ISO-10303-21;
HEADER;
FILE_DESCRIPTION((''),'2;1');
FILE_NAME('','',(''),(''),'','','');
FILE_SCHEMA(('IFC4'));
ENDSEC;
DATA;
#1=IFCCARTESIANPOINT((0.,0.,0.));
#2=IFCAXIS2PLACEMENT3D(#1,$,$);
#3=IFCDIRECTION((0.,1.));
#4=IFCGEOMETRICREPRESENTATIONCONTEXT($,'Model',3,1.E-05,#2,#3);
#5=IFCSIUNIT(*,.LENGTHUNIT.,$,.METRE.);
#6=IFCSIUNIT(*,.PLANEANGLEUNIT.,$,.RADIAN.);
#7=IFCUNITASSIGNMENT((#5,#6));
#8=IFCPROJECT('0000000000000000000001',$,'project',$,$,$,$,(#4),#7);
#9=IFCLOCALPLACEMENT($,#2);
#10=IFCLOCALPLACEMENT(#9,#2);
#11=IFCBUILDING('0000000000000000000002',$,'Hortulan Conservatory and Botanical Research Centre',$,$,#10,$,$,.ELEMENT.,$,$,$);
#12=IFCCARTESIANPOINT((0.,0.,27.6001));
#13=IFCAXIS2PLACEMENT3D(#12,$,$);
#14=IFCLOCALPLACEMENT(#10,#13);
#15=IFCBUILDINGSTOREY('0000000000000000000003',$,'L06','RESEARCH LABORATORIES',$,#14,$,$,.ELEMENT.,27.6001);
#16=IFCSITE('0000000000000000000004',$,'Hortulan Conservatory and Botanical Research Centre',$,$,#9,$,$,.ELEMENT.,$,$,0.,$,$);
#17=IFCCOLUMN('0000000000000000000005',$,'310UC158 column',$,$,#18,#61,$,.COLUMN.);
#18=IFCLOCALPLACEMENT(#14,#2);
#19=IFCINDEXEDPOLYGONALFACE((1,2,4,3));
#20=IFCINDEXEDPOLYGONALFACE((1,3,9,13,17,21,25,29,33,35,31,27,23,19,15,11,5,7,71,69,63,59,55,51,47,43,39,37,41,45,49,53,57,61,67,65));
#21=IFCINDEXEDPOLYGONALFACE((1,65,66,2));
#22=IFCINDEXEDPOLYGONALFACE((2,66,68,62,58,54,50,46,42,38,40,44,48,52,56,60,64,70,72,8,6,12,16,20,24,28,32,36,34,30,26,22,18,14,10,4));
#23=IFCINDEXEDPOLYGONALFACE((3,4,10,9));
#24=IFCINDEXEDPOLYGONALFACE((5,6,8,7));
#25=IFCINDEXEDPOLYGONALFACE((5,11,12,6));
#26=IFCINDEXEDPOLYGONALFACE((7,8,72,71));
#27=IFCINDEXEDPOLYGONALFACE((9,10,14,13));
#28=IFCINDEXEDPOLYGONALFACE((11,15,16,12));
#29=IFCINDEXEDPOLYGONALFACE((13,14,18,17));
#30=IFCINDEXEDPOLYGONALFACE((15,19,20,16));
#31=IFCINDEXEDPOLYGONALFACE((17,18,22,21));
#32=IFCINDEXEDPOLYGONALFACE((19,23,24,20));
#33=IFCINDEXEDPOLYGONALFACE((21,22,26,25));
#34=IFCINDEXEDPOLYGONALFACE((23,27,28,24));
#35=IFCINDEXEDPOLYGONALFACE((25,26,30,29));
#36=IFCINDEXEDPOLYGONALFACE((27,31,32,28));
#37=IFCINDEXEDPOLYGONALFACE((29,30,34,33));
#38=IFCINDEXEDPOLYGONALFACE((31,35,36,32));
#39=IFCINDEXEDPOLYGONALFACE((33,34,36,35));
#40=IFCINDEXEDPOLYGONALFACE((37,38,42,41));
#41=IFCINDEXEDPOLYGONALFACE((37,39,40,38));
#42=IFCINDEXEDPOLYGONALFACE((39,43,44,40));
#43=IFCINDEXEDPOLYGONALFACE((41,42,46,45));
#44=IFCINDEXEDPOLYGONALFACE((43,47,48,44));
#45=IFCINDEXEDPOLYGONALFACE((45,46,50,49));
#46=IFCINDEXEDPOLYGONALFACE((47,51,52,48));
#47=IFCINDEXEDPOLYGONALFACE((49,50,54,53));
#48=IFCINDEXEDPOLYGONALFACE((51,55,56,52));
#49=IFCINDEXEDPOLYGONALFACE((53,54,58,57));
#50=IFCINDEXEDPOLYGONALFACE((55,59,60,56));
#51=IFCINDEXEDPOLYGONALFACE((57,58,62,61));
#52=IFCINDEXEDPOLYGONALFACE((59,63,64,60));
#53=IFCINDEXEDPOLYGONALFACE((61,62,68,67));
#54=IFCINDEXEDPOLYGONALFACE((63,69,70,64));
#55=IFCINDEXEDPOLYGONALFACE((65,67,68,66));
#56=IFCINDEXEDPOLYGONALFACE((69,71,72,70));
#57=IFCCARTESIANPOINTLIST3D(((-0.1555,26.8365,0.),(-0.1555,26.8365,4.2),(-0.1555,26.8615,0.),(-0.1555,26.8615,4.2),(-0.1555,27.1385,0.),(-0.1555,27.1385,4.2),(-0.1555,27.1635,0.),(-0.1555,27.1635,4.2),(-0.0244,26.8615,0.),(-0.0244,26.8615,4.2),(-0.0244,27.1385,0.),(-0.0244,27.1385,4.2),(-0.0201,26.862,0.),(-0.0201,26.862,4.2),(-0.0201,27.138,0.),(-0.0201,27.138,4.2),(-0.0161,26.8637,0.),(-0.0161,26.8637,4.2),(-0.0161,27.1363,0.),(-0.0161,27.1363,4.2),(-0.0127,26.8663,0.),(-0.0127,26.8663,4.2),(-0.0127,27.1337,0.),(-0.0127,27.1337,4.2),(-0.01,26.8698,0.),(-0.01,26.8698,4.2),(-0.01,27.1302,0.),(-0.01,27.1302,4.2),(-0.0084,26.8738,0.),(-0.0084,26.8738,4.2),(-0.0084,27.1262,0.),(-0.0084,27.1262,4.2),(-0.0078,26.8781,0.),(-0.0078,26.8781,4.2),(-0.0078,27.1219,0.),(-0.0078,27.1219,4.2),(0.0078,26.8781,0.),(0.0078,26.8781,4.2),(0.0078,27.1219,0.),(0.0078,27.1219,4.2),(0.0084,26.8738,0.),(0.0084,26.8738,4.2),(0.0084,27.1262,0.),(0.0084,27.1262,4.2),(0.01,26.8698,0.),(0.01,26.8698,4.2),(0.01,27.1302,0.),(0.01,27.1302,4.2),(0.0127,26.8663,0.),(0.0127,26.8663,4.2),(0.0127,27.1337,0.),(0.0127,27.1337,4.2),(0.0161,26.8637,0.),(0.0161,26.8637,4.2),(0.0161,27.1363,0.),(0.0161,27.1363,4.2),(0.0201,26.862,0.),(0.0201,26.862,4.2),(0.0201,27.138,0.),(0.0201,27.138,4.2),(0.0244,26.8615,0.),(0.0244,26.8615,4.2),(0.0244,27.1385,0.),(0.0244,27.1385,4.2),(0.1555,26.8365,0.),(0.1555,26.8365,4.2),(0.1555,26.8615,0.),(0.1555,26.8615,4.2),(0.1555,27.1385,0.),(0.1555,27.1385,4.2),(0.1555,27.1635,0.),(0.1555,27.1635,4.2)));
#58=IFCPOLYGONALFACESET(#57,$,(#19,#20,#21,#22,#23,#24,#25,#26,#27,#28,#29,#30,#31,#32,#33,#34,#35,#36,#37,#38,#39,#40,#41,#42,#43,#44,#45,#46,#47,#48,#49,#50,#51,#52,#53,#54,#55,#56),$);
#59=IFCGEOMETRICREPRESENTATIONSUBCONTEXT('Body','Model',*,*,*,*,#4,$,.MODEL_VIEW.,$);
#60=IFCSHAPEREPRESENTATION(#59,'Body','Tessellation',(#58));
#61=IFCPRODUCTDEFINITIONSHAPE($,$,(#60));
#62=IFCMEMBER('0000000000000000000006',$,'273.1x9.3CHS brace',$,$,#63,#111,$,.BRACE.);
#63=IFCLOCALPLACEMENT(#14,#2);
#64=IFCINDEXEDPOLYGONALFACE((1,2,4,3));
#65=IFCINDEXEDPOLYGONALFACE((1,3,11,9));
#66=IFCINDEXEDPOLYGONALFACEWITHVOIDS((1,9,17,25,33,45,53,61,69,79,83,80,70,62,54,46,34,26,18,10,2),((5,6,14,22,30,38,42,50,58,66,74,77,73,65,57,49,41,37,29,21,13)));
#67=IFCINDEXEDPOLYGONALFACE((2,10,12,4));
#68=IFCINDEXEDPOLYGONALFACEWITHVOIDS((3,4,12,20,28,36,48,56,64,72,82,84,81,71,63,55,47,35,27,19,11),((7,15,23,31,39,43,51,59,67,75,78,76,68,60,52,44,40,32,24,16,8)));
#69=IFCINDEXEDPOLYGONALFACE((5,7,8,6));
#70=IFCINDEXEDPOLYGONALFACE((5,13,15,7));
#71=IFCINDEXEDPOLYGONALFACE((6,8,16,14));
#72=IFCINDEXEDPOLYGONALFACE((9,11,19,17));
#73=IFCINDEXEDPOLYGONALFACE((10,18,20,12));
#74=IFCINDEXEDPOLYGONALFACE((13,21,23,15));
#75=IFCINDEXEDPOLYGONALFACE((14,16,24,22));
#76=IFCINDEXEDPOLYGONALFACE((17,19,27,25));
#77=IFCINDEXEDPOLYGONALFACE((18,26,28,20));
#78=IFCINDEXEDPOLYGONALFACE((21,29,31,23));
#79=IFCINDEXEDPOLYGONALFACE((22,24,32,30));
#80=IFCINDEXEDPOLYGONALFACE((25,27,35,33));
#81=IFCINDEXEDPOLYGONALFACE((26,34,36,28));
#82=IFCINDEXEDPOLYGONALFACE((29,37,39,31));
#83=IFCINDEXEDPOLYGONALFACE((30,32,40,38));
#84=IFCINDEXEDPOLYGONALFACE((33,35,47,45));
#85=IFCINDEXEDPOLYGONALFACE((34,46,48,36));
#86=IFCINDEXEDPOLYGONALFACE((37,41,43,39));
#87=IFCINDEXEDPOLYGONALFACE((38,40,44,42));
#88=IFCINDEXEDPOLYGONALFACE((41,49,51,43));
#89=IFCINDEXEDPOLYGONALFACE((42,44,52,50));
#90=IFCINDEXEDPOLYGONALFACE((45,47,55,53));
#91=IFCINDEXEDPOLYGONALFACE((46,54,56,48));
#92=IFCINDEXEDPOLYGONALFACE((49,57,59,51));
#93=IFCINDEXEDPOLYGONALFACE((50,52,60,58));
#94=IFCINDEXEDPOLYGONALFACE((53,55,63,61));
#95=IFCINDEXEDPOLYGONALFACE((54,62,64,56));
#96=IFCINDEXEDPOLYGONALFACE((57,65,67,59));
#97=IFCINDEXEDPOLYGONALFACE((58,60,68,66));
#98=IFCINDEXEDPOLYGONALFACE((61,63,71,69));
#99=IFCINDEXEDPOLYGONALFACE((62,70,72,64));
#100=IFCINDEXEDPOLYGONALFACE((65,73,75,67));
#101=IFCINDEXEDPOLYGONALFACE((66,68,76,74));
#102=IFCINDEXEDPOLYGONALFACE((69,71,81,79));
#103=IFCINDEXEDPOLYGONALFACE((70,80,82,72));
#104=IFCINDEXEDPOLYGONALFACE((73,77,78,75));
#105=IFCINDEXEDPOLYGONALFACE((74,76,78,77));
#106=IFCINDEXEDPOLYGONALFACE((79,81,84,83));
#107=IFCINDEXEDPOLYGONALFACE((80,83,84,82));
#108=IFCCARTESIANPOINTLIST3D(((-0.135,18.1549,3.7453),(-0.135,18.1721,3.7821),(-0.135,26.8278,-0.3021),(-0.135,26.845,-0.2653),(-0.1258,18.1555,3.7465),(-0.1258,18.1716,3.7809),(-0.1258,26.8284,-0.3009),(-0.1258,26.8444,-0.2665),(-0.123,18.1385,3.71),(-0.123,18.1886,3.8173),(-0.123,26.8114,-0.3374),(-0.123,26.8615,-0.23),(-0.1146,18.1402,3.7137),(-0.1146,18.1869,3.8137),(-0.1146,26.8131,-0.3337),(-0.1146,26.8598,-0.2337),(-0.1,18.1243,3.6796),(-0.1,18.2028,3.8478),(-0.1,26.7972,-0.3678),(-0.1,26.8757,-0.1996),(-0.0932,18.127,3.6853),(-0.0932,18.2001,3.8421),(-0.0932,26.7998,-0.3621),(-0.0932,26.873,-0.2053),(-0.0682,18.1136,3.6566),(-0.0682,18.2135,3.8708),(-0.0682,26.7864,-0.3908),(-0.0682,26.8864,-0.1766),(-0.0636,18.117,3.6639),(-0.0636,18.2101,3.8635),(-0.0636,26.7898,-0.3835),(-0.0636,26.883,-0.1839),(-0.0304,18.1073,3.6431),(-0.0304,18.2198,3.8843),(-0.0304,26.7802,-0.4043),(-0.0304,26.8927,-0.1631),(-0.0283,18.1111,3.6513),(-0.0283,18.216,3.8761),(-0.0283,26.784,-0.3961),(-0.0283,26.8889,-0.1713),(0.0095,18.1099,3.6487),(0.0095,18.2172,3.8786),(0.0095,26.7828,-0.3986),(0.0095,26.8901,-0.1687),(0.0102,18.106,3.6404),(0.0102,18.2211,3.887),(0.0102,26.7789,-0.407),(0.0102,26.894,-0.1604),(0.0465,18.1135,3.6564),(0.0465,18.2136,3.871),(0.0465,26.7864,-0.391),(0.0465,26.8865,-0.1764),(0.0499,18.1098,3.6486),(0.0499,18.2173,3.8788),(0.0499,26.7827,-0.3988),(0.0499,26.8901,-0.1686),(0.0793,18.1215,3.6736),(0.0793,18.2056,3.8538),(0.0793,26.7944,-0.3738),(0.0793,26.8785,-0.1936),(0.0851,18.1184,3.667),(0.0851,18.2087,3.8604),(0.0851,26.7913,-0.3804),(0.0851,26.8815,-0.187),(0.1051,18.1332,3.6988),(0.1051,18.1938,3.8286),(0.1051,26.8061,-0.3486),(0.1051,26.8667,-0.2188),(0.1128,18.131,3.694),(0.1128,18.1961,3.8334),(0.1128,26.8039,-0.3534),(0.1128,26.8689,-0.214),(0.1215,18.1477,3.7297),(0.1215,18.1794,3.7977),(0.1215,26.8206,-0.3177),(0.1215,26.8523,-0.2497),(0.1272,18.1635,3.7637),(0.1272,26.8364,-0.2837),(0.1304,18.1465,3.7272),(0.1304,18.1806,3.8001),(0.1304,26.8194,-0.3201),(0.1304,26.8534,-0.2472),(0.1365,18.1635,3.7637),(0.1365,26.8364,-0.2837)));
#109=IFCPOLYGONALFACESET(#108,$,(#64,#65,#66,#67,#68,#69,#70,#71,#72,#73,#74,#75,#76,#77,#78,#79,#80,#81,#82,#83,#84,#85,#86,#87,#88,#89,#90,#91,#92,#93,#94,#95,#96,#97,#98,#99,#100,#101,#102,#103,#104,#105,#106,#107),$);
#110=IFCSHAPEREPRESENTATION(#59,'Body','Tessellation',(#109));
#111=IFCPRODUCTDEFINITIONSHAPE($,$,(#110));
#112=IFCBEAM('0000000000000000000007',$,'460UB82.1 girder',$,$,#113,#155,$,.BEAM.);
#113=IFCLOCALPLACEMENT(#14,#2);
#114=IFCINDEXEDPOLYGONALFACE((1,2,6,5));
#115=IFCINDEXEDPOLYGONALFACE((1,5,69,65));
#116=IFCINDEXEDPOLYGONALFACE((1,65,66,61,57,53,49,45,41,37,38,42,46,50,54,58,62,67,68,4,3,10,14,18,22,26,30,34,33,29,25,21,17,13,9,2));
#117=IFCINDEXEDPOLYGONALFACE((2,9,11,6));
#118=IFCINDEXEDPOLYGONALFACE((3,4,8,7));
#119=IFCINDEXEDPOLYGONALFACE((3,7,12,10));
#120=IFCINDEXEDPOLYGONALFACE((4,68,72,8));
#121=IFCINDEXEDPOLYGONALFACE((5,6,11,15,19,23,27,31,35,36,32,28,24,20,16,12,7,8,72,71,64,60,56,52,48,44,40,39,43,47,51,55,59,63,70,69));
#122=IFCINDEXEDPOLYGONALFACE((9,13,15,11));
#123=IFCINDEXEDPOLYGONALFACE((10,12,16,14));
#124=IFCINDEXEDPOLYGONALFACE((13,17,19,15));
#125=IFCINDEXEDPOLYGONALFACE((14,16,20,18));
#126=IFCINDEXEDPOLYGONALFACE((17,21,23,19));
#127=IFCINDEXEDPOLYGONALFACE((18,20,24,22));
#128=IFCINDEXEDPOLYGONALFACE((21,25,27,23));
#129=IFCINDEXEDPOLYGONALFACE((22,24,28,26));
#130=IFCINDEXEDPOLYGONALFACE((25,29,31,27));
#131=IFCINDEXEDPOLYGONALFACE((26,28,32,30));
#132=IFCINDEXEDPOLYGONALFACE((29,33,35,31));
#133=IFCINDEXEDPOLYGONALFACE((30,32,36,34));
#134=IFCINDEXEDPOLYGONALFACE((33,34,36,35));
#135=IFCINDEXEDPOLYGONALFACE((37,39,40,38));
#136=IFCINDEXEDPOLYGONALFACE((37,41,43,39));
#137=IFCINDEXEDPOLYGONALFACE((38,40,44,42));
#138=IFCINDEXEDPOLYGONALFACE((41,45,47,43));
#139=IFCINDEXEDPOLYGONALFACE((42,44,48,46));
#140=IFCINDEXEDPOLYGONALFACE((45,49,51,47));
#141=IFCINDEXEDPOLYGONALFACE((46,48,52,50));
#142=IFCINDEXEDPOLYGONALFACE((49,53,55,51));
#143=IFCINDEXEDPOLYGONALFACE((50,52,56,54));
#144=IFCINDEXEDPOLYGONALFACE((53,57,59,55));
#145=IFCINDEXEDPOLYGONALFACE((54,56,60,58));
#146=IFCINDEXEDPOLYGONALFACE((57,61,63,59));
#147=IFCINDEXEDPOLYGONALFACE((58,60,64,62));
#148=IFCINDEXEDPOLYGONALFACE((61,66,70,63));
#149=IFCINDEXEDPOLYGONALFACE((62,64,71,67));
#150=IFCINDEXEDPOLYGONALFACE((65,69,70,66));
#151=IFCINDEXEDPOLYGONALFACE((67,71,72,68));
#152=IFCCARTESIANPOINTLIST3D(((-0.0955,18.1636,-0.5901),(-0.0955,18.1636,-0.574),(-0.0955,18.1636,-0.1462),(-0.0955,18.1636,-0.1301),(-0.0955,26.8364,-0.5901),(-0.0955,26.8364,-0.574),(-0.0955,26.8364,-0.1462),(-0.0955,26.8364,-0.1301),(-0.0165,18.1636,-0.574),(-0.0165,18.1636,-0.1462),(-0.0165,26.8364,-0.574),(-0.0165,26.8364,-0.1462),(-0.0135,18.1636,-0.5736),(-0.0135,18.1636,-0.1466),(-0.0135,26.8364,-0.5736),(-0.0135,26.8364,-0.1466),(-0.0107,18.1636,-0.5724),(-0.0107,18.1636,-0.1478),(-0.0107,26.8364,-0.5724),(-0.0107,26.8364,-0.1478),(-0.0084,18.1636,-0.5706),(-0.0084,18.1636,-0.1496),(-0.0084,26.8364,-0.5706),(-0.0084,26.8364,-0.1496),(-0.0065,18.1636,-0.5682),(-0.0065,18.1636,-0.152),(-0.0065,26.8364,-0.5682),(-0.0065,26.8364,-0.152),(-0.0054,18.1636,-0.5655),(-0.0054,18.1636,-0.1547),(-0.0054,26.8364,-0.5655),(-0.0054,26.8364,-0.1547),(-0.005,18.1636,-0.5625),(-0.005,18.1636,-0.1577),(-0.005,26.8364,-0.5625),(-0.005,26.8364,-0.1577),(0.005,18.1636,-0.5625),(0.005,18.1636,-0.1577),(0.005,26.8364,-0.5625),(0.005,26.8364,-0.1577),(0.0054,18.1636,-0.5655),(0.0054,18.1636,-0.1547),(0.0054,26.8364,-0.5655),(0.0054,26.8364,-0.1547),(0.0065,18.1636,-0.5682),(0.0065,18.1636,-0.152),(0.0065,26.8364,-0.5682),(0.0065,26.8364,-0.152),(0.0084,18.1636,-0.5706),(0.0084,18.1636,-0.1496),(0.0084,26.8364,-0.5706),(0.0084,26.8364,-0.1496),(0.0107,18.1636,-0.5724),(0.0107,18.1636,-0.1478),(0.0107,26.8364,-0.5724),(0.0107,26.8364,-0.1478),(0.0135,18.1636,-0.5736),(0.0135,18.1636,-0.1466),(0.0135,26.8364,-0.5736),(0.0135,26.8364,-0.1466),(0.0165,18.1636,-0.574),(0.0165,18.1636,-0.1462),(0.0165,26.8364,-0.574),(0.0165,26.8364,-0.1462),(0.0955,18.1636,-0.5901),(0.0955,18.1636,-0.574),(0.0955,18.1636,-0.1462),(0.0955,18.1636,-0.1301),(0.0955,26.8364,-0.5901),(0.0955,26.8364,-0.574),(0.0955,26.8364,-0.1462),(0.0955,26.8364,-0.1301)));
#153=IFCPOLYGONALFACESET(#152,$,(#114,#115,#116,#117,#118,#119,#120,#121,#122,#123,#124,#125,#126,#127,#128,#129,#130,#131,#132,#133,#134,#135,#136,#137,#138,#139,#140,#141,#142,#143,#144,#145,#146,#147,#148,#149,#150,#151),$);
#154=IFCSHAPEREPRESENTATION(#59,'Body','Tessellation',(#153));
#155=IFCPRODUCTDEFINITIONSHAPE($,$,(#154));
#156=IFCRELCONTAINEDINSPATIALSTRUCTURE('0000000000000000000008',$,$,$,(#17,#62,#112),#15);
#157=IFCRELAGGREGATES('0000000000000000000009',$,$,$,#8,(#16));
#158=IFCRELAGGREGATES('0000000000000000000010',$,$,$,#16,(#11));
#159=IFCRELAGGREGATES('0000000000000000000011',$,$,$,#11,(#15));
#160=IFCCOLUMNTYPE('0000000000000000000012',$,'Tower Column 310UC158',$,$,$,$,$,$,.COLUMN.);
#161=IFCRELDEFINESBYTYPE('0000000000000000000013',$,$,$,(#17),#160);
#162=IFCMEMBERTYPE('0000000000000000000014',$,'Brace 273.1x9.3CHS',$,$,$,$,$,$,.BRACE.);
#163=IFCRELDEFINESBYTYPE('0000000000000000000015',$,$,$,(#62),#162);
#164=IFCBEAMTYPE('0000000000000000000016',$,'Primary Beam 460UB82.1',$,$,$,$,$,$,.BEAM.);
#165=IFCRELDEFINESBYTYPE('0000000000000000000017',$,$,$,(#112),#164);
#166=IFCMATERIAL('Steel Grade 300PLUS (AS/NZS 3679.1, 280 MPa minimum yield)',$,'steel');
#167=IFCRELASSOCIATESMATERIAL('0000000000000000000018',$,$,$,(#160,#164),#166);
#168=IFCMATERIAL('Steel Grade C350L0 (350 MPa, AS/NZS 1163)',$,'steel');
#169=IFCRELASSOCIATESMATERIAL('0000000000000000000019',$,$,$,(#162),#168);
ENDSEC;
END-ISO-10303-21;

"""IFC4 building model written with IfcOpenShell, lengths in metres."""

from ifc_helpers import new_model, si_unit, direction, frame, origin, origin_2d, place, context, subcontext, project, spatial, hollow_circle, i_section, extrude, material, material_profile, profile_set, type_object, element, save


model = new_model("IFC4")

# Units and contexts
model_context = context("Model", 3, precision=1e-05, world=origin(), true_north=direction((0.0, 1.0)))
body_context = subcontext(model_context, "Body", "Model", "MODEL_VIEW")
ifc_project = project(units=[si_unit("LENGTHUNIT", "METRE"), si_unit("PLANEANGLEUNIT", "RADIAN")], contexts=[model_context])

# Site, building, storey
site_placement = place(None, origin())
site = spatial("IfcSite", under=ifc_project, at=site_placement, Name="Hortulan Conservatory and Botanical Research Centre", CompositionType="ELEMENT", RefElevation=0.0)
building_placement = place(site_placement, origin())
building = spatial("IfcBuilding", under=site, at=building_placement, Name="Hortulan Conservatory and Botanical Research Centre", CompositionType="ELEMENT")
storey_placement = place(building_placement, frame((0.0, 0.0, 27.6001)))
storey = spatial("IfcBuildingStorey", under=building, at=storey_placement, Name="L06", Description="RESEARCH LABORATORIES", CompositionType="ELEMENT", Elevation=27.6001)

# Column
ifc_material_1 = material(Name="Steel Grade 300PLUS (AS/NZS 3679.1, 280 MPa minimum yield)", Category="steel")
ifc_material_profile_1 = material_profile(ifc_material_1, i_section(OverallWidth=0.311, OverallDepth=0.3269, WebThickness=0.0156, FlangeThickness=0.0249, FilletRadius=0.0166, at=origin_2d()), Name="310UC158")
ifc_profile_set_1 = profile_set([ifc_material_profile_1], Name="Steel Grade 300PLUS (AS/NZS 3679.1, 280 MPa minimum yield)")
column_type = type_object("IfcColumnType", Name="Tower Column 310UC158", PredefinedType="COLUMN", material=ifc_profile_set_1)
column_placement = place(storey_placement, frame((0.0, 27.0, 0.0), z_axis=(0.0, 0.0, 1.0), x_axis=(1.0, 0.0, 0.0)))
element("IfcColumn", 1, at=column_placement, inside=storey, type_object=column_type, Name="310UC158 column", PredefinedType="COLUMN", context=body_context, shape_type="SweptSolid", body=[
    extrude(i_section(OverallWidth=0.311, OverallDepth=0.3269, WebThickness=0.0156, FlangeThickness=0.0249, FilletRadius=0.0166, at=origin_2d()), origin(), (0.0, 0.0, 1.0), 4.2),
])

# Member
ifc_material_2 = material(Name="Steel Grade C350L0 (350 MPa, AS/NZS 1163)", Category="steel")
ifc_material_profile_2 = material_profile(ifc_material_2, hollow_circle(Radius=0.1365, WallThickness=0.0093, at=origin_2d()), Name="273.1x9.3CHS")
ifc_profile_set_2 = profile_set([ifc_material_profile_2], Name="Steel Grade C350L0 (350 MPa, AS/NZS 1163)")
member_type = type_object("IfcMemberType", Name="Brace 273.1x9.3CHS", PredefinedType="BRACE", material=ifc_profile_set_2)
member_placement = place(storey_placement, frame((0.0, 26.8364, -0.2837), z_axis=(0.0, -0.906182, 0.422888), x_axis=(1.0, 0.0, 0.0)))
element("IfcMember", 2, at=member_placement, inside=storey, type_object=member_type, Name="273.1x9.3CHS brace", PredefinedType="BRACE", context=body_context, shape_type="SweptSolid", body=[
    extrude(hollow_circle(Radius=0.1365, WallThickness=0.0093, at=origin_2d()), origin(), (0.0, 0.0, 1.0), 9.5708),
])

# Beam
ifc_material_profile_3 = material_profile(ifc_material_1, i_section(OverallWidth=0.1909, OverallDepth=0.46, WebThickness=0.01, FlangeThickness=0.0161, FilletRadius=0.0115, at=origin_2d()), Name="460UB82.1")
ifc_profile_set_3 = profile_set([ifc_material_profile_3], Name="Steel Grade 300PLUS (AS/NZS 3679.1, 280 MPa minimum yield)")
beam_type_1 = type_object("IfcBeamType", Name="Primary Beam 460UB82.1", PredefinedType="BEAM", material=ifc_profile_set_3)
beam_1_placement = place(storey_placement, frame((0.0, 18.1636, -0.3601), z_axis=(0.0, 1.0, 0.0), x_axis=(-1.0, 0.0, 0.0)))
element("IfcBeam", 3, at=beam_1_placement, inside=storey, type_object=beam_type_1, Name="460UB82.1 girder", PredefinedType="BEAM", context=body_context, shape_type="SweptSolid", body=[
    extrude(i_section(OverallWidth=0.1909, OverallDepth=0.46, WebThickness=0.01, FlangeThickness=0.0161, FilletRadius=0.0115, at=origin_2d()), origin(), (0.0, 0.0, 1.0), 8.6729),
])

save(model, "model.ifc")
